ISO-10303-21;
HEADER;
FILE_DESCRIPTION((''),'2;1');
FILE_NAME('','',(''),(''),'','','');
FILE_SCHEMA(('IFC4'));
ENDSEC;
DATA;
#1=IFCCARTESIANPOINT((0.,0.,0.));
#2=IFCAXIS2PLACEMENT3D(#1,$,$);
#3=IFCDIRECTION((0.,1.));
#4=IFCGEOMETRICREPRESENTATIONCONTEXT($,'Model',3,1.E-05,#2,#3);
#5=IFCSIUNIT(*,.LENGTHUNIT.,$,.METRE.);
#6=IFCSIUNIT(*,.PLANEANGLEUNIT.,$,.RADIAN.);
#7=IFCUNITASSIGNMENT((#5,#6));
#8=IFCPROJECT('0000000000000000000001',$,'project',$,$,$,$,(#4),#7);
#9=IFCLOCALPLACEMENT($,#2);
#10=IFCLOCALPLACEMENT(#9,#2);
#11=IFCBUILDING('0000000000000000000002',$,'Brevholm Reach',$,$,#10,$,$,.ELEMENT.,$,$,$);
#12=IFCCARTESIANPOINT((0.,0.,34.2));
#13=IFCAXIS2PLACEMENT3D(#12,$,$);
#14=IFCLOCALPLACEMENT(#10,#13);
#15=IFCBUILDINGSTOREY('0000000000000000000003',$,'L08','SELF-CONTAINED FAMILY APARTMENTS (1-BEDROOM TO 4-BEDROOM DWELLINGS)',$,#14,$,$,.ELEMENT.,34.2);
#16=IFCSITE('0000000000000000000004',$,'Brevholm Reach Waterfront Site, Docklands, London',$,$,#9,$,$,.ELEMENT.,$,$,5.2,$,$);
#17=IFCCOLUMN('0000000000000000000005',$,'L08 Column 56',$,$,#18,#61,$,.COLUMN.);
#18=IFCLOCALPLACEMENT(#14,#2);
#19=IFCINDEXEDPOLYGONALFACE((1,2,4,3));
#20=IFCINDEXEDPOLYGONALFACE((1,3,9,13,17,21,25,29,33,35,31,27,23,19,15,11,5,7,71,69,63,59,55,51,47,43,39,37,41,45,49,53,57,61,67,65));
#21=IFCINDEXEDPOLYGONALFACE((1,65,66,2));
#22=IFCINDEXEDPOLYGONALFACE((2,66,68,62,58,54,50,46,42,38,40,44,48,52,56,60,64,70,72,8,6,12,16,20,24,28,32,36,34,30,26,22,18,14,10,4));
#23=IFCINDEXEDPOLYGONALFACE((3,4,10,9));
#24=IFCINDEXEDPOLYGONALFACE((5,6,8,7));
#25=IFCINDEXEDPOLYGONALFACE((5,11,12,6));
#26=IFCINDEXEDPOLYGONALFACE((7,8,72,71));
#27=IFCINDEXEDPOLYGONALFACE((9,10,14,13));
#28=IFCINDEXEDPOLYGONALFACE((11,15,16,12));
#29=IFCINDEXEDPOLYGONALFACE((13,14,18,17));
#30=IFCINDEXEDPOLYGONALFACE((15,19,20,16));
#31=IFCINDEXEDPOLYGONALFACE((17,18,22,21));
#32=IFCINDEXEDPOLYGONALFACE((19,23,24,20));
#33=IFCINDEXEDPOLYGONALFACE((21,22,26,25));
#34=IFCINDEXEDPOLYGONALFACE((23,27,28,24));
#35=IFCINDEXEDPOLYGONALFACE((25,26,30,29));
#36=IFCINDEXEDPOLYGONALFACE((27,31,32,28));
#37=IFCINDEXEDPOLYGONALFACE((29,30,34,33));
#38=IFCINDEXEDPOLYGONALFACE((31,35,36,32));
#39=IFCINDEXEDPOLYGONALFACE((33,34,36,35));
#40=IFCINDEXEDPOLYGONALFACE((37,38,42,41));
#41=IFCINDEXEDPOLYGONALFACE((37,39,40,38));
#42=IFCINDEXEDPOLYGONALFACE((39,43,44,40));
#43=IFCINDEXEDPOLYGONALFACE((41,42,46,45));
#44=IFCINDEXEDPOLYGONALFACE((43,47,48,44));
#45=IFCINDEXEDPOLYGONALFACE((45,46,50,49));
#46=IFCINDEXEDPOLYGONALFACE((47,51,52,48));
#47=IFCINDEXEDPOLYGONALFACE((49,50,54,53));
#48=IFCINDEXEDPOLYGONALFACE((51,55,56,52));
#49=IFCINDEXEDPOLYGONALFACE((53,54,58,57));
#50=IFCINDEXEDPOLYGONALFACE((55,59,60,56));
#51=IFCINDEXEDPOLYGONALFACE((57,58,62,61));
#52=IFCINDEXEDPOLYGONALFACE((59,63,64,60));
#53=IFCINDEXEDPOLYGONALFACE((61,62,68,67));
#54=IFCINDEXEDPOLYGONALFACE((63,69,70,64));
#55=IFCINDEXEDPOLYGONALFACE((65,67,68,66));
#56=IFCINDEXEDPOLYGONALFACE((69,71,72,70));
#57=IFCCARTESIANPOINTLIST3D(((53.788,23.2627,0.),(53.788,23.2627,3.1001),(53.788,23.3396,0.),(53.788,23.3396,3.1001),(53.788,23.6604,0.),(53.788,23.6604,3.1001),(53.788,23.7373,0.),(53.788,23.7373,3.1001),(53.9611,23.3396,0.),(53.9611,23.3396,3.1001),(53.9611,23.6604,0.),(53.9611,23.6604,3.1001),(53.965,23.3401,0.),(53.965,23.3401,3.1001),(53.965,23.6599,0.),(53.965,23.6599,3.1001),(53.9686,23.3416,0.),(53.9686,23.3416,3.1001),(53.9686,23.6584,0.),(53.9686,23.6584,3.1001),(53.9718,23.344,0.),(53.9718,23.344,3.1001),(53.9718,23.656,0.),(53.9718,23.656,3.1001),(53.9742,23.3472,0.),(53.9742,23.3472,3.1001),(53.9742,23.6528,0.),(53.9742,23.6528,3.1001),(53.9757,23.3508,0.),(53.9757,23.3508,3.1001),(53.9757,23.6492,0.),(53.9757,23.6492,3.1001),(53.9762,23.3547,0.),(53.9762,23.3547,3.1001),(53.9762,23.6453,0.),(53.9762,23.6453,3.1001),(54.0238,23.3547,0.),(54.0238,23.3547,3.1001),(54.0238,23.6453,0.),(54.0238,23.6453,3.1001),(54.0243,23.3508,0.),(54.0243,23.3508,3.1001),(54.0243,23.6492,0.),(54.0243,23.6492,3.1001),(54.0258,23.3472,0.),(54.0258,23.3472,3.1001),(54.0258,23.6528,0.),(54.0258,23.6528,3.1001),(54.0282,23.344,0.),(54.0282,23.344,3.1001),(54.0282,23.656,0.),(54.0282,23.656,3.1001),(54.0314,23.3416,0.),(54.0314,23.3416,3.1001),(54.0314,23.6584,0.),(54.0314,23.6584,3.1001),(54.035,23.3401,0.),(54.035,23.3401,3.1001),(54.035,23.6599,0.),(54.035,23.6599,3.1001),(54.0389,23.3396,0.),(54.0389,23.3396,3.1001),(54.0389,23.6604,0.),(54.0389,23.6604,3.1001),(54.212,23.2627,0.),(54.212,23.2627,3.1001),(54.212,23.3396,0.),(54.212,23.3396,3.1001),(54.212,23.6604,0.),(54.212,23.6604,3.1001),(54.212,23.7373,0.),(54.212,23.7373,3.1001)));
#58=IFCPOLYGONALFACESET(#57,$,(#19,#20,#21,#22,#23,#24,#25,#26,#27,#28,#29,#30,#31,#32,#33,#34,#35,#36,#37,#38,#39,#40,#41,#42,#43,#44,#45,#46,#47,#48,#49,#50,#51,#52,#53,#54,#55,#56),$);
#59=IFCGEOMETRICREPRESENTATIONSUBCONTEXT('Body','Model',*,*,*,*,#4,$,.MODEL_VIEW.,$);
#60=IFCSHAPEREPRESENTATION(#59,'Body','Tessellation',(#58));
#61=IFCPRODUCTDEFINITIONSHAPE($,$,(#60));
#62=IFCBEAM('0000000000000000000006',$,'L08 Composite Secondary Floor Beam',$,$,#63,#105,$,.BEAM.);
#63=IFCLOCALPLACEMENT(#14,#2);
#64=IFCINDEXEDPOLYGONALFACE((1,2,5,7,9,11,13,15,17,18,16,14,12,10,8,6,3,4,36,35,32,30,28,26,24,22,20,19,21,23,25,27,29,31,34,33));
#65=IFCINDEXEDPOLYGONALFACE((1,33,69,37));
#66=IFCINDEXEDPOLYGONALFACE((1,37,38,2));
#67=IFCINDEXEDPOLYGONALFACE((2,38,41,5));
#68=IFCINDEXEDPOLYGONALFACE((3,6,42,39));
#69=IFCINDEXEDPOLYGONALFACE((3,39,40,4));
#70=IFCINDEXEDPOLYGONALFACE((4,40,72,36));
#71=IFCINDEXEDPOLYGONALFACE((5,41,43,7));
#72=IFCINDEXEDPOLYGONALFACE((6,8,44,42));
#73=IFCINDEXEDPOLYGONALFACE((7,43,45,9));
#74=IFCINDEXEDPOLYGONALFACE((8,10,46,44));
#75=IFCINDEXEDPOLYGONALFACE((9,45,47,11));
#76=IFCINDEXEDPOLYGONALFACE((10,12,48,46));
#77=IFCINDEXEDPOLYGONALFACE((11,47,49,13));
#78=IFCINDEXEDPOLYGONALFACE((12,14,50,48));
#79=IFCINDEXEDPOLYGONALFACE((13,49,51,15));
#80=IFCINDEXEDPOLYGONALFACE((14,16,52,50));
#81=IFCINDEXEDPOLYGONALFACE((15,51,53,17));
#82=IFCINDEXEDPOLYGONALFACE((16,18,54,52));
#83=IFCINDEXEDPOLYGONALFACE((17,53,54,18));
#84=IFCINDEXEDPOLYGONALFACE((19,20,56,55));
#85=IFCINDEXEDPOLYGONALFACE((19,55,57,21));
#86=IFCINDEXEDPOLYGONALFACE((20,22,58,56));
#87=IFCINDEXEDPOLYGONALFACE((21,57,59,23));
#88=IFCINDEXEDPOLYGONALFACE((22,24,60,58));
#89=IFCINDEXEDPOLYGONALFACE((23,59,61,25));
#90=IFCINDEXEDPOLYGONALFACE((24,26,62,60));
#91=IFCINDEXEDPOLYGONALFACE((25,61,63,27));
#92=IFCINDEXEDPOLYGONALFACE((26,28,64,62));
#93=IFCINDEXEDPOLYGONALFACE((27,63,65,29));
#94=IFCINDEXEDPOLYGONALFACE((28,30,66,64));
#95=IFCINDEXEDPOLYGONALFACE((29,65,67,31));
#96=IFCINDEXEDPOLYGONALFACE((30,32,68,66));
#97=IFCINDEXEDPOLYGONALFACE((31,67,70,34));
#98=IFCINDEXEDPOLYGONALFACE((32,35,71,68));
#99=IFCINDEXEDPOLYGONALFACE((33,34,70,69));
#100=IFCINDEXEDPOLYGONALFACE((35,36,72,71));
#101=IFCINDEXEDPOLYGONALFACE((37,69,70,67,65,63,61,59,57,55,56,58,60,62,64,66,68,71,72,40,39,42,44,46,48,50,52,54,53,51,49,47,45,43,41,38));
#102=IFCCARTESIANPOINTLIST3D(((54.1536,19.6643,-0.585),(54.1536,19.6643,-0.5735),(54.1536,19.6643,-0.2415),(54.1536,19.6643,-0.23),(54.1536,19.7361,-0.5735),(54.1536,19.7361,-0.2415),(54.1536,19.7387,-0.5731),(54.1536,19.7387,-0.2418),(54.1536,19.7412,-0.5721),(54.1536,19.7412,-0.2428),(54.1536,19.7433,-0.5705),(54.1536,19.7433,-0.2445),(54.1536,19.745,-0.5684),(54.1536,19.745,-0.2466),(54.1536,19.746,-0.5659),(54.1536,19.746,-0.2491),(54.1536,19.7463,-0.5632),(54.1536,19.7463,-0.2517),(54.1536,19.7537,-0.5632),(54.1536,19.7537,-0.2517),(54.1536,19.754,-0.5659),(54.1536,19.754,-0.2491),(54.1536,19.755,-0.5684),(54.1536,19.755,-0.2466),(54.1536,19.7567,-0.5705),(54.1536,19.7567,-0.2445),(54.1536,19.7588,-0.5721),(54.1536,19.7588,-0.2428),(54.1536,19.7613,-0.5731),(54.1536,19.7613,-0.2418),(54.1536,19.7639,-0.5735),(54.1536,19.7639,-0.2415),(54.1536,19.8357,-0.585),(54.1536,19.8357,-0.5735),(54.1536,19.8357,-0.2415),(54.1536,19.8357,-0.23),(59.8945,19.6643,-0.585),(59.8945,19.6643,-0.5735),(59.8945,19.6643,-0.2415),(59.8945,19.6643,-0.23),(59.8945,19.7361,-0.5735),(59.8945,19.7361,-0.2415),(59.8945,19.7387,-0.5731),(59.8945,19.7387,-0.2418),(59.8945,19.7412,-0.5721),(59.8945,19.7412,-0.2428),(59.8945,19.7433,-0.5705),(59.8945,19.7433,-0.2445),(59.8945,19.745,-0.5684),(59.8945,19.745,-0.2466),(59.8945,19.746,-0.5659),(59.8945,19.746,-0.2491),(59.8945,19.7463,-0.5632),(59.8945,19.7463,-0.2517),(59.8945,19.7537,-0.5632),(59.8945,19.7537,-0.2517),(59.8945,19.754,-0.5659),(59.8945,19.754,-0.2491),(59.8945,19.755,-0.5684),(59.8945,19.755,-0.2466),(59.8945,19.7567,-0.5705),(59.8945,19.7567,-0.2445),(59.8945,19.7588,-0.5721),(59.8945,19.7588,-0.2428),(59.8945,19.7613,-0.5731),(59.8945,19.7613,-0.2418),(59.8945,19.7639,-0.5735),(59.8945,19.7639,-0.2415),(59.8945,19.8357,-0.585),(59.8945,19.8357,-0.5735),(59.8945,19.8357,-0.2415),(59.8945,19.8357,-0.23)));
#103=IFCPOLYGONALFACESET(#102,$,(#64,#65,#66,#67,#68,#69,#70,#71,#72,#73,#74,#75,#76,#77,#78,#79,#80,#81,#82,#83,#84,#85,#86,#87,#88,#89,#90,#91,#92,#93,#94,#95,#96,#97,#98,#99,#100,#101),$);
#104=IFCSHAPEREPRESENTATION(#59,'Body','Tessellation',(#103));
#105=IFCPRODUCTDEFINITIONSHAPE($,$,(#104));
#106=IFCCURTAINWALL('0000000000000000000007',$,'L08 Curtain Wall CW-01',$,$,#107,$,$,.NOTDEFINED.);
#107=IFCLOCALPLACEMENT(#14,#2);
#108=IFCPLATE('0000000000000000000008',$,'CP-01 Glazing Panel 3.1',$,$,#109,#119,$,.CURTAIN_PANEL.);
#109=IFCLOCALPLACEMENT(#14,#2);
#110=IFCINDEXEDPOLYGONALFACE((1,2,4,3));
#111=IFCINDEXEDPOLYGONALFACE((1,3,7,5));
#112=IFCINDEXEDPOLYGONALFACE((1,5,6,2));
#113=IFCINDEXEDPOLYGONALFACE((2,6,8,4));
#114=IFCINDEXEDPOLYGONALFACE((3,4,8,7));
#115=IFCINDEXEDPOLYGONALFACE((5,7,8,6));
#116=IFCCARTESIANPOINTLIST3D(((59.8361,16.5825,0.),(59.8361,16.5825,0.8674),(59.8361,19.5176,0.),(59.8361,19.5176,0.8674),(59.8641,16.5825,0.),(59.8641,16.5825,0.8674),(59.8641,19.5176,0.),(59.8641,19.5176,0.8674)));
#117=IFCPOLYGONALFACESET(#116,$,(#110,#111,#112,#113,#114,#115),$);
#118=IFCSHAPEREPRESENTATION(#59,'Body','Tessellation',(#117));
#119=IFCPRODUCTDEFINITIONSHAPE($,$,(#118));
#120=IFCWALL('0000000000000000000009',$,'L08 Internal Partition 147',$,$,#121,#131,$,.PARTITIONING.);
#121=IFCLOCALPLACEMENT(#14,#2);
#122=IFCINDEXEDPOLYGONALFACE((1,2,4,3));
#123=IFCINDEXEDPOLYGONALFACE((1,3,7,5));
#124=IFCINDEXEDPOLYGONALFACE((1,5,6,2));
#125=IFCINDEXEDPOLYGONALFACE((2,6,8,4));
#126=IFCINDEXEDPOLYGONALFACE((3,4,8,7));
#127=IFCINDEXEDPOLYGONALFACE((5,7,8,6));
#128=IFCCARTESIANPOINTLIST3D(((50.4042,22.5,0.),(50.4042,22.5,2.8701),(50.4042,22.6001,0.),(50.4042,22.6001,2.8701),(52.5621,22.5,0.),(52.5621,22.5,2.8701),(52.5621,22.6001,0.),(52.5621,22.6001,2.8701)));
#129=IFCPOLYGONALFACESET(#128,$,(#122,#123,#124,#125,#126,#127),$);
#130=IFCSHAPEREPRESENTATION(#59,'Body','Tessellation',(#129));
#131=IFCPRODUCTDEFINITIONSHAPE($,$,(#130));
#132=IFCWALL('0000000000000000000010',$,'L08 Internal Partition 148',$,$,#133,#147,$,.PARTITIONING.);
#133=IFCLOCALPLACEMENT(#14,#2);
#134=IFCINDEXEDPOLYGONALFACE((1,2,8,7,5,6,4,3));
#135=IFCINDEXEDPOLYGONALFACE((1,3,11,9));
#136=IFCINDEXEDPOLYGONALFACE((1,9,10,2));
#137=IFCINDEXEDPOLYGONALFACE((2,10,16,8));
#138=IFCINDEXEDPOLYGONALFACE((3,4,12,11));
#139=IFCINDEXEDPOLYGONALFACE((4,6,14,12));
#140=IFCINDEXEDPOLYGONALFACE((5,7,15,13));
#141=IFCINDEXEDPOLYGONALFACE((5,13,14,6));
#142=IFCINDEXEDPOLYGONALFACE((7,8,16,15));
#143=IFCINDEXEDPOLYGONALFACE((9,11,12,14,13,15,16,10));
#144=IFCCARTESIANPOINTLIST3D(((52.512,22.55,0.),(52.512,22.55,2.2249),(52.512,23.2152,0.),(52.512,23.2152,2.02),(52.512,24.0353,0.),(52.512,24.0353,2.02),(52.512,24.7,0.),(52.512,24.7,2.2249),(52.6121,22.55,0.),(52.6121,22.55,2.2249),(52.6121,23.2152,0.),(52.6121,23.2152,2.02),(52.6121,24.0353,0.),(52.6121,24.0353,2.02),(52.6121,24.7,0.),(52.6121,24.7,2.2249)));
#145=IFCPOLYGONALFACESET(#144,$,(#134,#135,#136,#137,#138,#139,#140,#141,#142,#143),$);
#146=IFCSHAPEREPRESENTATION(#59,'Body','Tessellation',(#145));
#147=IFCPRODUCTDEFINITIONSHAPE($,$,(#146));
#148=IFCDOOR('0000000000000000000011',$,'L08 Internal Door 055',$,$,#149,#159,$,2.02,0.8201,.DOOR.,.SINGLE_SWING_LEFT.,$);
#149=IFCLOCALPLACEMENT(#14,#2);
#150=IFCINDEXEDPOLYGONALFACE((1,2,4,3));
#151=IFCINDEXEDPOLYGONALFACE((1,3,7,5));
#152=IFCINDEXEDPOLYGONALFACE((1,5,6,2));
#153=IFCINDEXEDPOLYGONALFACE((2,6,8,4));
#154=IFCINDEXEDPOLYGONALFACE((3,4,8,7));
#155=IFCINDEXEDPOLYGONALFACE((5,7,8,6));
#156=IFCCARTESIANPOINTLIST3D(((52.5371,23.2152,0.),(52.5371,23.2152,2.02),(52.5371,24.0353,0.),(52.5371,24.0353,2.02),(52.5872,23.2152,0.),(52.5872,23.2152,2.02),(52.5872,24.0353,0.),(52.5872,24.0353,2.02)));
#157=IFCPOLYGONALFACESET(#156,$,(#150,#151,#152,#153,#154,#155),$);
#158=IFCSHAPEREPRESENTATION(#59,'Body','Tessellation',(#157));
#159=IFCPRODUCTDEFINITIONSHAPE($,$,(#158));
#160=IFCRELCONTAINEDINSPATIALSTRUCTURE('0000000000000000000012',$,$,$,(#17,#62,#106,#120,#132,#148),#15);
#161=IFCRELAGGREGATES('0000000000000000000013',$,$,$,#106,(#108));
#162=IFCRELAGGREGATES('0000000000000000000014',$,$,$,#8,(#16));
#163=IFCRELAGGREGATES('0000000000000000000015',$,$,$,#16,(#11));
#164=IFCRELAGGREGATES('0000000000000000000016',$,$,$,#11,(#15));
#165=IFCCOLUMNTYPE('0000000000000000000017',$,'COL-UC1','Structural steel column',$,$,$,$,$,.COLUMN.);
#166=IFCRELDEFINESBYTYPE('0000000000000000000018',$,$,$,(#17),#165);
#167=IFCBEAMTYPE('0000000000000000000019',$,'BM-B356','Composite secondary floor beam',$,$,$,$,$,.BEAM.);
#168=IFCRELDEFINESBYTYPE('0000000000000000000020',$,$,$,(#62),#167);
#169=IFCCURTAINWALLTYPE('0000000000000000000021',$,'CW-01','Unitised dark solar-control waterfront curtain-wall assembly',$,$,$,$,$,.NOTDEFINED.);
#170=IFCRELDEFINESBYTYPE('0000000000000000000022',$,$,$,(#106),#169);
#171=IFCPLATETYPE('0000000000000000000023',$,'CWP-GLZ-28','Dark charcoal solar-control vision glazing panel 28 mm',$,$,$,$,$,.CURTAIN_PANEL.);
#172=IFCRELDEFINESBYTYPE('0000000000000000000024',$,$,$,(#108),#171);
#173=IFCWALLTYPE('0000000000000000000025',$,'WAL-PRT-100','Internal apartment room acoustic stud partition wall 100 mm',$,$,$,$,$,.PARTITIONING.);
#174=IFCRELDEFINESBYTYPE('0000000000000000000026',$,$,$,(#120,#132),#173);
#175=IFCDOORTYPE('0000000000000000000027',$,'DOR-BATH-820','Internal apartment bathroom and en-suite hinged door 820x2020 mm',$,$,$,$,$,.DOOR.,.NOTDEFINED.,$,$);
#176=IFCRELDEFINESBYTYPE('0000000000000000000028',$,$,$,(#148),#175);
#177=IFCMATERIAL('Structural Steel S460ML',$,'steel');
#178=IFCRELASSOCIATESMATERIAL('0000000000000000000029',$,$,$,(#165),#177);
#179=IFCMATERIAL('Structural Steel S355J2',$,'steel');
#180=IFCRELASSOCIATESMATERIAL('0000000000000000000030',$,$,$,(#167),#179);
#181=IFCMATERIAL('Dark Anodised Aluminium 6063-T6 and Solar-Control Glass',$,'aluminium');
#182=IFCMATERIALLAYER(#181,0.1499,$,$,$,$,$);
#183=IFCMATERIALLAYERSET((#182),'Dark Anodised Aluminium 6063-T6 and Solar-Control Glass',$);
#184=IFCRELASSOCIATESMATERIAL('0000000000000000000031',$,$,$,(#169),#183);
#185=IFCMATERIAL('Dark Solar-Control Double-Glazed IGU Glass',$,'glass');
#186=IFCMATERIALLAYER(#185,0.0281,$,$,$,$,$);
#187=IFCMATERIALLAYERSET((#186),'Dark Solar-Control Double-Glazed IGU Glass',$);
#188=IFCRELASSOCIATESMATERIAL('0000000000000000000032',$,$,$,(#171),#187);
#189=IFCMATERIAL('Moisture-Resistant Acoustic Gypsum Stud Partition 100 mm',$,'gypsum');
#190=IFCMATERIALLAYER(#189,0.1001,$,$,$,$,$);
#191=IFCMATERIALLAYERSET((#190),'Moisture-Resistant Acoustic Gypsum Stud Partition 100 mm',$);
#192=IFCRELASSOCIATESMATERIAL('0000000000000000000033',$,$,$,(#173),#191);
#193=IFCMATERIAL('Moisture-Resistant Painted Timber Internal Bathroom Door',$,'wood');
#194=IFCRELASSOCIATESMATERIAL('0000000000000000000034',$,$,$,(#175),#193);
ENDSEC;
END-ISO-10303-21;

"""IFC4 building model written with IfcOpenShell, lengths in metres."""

from ifc_helpers import new_model, si_unit, direction, frame, frame_2d, origin, origin_2d, place, context, subcontext, project, spatial, rectangle, i_section, extrude, material, layer, layer_set, material_profile, profile_set, type_object, element, fill, aggregate, save


model = new_model("IFC4")

# Units and contexts
model_context = context("Model", 3, precision=1e-05, world=origin(), true_north=direction((0.0, 1.0)))
body_context = subcontext(model_context, "Body", "Model", "MODEL_VIEW")
ifc_project = project(units=[si_unit("LENGTHUNIT", "METRE"), si_unit("PLANEANGLEUNIT", "RADIAN")], contexts=[model_context])

# Site, building, storey
site_placement = place(None, origin())
site = spatial("IfcSite", under=ifc_project, at=site_placement, Name="Brevholm Reach Waterfront Site, Docklands, London", CompositionType="ELEMENT", RefElevation=5.2)
building_placement = place(site_placement, origin())
building = spatial("IfcBuilding", under=site, at=building_placement, Name="Brevholm Reach", CompositionType="ELEMENT")
storey_placement = place(building_placement, frame((0.0, 0.0, 34.2)))
storey = spatial("IfcBuildingStorey", under=building, at=storey_placement, Name="L08", Description="SELF-CONTAINED FAMILY APARTMENTS (1-BEDROOM TO 4-BEDROOM DWELLINGS)", CompositionType="ELEMENT", Elevation=34.2)

# Column
ifc_material_1 = material(Name="Structural Steel S460ML", Category="steel")
ifc_material_profile_1 = material_profile(ifc_material_1, i_section(OverallWidth=0.4241, OverallDepth=0.4746, WebThickness=0.0476, FlangeThickness=0.0769, FilletRadius=0.0151, at=origin_2d()), Name="UKC 356x406x634")
ifc_profile_set_1 = profile_set([ifc_material_profile_1], Name="Structural Steel S460ML")
column_type = type_object("IfcColumnType", Name="COL-UC1", Description="Structural steel column", PredefinedType="COLUMN", material=ifc_profile_set_1)
column_placement = place(storey_placement, frame((54.0, 23.5, 0.0), z_axis=(0.0, 0.0, 1.0), x_axis=(1.0, 0.0, 0.0)))
element("IfcColumn", 1, at=column_placement, inside=storey, type_object=column_type, Name="L08 Column 56", PredefinedType="COLUMN", context=body_context, shape_type="SweptSolid", body=[
    extrude(i_section(OverallWidth=0.4241, OverallDepth=0.4746, WebThickness=0.0476, FlangeThickness=0.0769, FilletRadius=0.0151, at=origin_2d()), origin(), (0.0, 0.0, 1.0), 3.1001),
])

# Beam
ifc_material_2 = material(Name="Structural Steel S355J2", Category="steel")
ifc_material_profile_2 = material_profile(ifc_material_2, i_section(OverallWidth=0.1714, OverallDepth=0.355, WebThickness=0.0073, FlangeThickness=0.0115, FilletRadius=0.0103, at=origin_2d()), Name="UKB 356x171x51")
ifc_profile_set_2 = profile_set([ifc_material_profile_2], Name="Structural Steel S355J2")
beam_type = type_object("IfcBeamType", Name="BM-B356", Description="Composite secondary floor beam", PredefinedType="BEAM", material=ifc_profile_set_2)
beam_placement = place(storey_placement, frame((54.1536, 19.75, -0.4075), z_axis=(1.0, 0.0, 0.0), x_axis=(0.0, 1.0, 0.0)))
element("IfcBeam", 2, at=beam_placement, inside=storey, type_object=beam_type, Name="L08 Composite Secondary Floor Beam", PredefinedType="BEAM", context=body_context, shape_type="SweptSolid", body=[
    extrude(i_section(OverallWidth=0.1714, OverallDepth=0.355, WebThickness=0.0073, FlangeThickness=0.0115, FilletRadius=0.0103, at=origin_2d()), origin(), (0.0, 0.0, 1.0), 5.741),
])

# Curtain wall, plate
ifc_material_3 = material(Name="Dark Anodised Aluminium 6063-T6 and Solar-Control Glass", Category="aluminium")
ifc_layer_1 = layer(ifc_material_3, 0.1499)
ifc_layer_set_1 = layer_set([ifc_layer_1], Name="Dark Anodised Aluminium 6063-T6 and Solar-Control Glass")
curtain_wall_type = type_object("IfcCurtainWallType", Name="CW-01", Description="Unitised dark solar-control waterfront curtain-wall assembly", PredefinedType="NOTDEFINED", material=ifc_layer_set_1)
curtain_wall_placement = place(storey_placement, origin())
curtain_wall = element("IfcCurtainWall", 3, at=curtain_wall_placement, inside=storey, type_object=curtain_wall_type, Name="L08 Curtain Wall CW-01", PredefinedType="NOTDEFINED")
ifc_material_4 = material(Name="Dark Solar-Control Double-Glazed IGU Glass", Category="glass")
ifc_layer_2 = layer(ifc_material_4, 0.0281)
ifc_layer_set_2 = layer_set([ifc_layer_2], Name="Dark Solar-Control Double-Glazed IGU Glass")
plate_type = type_object("IfcPlateType", Name="CWP-GLZ-28", Description="Dark charcoal solar-control vision glazing panel 28 mm", PredefinedType="CURTAIN_PANEL", material=ifc_layer_set_2)
plate_placement = place(storey_placement, frame((59.8501, 18.05, 0.0), z_axis=(0.0, 0.0, 1.0), x_axis=(0.0, 1.0, 0.0)))
plate = element("IfcPlate", 4, at=plate_placement, type_object=plate_type, Name="CP-01 Glazing Panel 3.1", PredefinedType="CURTAIN_PANEL", context=body_context, shape_type="SweptSolid", body=[
    extrude(rectangle(XDim=2.9351, YDim=0.0281, at=origin_2d()), origin(), (0.0, 0.0, 1.0), 0.8674),
])
aggregate(curtain_wall, [plate])

# Wall
ifc_material_5 = material(Name="Moisture-Resistant Acoustic Gypsum Stud Partition 100 mm", Category="gypsum")
ifc_layer_3 = layer(ifc_material_5, 0.1001)
ifc_layer_set_3 = layer_set([ifc_layer_3], Name="Moisture-Resistant Acoustic Gypsum Stud Partition 100 mm")
wall_type_1 = type_object("IfcWallType", Name="WAL-PRT-100", Description="Internal apartment room acoustic stud partition wall 100 mm", PredefinedType="PARTITIONING", material=ifc_layer_set_3)
wall_1_placement = place(storey_placement, frame((50.4041, 22.55, 0.0), z_axis=(0.0, 0.0, 1.0), x_axis=(1.0, 0.0, 0.0)))
element("IfcWall", 5, at=wall_1_placement, inside=storey, type_object=wall_type_1, Name="L08 Internal Partition 147", PredefinedType="PARTITIONING", context=body_context, shape_type="SweptSolid", body=[
    extrude(rectangle(XDim=2.158, YDim=0.1001, at=frame_2d((1.0791, 0.0))), origin(), (0.0, 0.0, 1.0), 2.8701),
])

# Wall, opening, door
wall_2_placement = place(storey_placement, frame((52.562, 22.55, 0.0), z_axis=(0.0, 0.0, 1.0), x_axis=(0.0, 1.0, 0.0)))
wall_2 = element("IfcWall", 6, at=wall_2_placement, inside=storey, type_object=wall_type_1, Name="L08 Internal Partition 148", PredefinedType="PARTITIONING", context=body_context, shape_type="SweptSolid", body=[
    extrude(rectangle(XDim=2.1499, YDim=0.1001, at=frame_2d((1.075, 0.0))), origin(), (0.0, 0.0, 1.0), 2.2249),
])
opening_1_placement = place(wall_2_placement, frame((0.665, 0.0, 0.0)))
opening_1 = element("IfcOpeningElement", 7, at=opening_1_placement, cuts=wall_2, PredefinedType="OPENING", context=body_context, shape_type="SweptSolid", body=[
    extrude(rectangle(XDim=0.8201, YDim=2.02, at=frame_2d((0.4102, 1.01))), frame((0.0, 0.0601, 0.0), z_axis=(0.0, -1.0, 0.0), x_axis=(1.0, 0.0, 0.0)), (0.0, 0.0, 1.0), 0.1201),
])
ifc_material_6 = material(Name="Moisture-Resistant Painted Timber Internal Bathroom Door", Category="wood")
door_type_1 = type_object("IfcDoorType", Name="DOR-BATH-820", Description="Internal apartment bathroom and en-suite hinged door 820x2020 mm", OperationType="NOTDEFINED", PredefinedType="DOOR", material=ifc_material_6)
door_1_placement = place(opening_1_placement, origin())
door_1 = element("IfcDoor", 8, at=door_1_placement, inside=storey, type_object=door_type_1, Name="L08 Internal Door 055", OperationType="SINGLE_SWING_LEFT", OverallHeight=2.02, OverallWidth=0.8201, PredefinedType="DOOR", context=body_context, shape_type="SweptSolid", body=[
    extrude(rectangle(XDim=0.8201, YDim=2.02, at=frame_2d((0.4102, 1.01))), frame((0.0, 0.0249, 0.0), z_axis=(0.0, -1.0, 0.0), x_axis=(1.0, 0.0, 0.0)), (0.0, 0.0, 1.0), 0.05),
])
fill(opening_1, door_1)

save(model, "model.ifc")
